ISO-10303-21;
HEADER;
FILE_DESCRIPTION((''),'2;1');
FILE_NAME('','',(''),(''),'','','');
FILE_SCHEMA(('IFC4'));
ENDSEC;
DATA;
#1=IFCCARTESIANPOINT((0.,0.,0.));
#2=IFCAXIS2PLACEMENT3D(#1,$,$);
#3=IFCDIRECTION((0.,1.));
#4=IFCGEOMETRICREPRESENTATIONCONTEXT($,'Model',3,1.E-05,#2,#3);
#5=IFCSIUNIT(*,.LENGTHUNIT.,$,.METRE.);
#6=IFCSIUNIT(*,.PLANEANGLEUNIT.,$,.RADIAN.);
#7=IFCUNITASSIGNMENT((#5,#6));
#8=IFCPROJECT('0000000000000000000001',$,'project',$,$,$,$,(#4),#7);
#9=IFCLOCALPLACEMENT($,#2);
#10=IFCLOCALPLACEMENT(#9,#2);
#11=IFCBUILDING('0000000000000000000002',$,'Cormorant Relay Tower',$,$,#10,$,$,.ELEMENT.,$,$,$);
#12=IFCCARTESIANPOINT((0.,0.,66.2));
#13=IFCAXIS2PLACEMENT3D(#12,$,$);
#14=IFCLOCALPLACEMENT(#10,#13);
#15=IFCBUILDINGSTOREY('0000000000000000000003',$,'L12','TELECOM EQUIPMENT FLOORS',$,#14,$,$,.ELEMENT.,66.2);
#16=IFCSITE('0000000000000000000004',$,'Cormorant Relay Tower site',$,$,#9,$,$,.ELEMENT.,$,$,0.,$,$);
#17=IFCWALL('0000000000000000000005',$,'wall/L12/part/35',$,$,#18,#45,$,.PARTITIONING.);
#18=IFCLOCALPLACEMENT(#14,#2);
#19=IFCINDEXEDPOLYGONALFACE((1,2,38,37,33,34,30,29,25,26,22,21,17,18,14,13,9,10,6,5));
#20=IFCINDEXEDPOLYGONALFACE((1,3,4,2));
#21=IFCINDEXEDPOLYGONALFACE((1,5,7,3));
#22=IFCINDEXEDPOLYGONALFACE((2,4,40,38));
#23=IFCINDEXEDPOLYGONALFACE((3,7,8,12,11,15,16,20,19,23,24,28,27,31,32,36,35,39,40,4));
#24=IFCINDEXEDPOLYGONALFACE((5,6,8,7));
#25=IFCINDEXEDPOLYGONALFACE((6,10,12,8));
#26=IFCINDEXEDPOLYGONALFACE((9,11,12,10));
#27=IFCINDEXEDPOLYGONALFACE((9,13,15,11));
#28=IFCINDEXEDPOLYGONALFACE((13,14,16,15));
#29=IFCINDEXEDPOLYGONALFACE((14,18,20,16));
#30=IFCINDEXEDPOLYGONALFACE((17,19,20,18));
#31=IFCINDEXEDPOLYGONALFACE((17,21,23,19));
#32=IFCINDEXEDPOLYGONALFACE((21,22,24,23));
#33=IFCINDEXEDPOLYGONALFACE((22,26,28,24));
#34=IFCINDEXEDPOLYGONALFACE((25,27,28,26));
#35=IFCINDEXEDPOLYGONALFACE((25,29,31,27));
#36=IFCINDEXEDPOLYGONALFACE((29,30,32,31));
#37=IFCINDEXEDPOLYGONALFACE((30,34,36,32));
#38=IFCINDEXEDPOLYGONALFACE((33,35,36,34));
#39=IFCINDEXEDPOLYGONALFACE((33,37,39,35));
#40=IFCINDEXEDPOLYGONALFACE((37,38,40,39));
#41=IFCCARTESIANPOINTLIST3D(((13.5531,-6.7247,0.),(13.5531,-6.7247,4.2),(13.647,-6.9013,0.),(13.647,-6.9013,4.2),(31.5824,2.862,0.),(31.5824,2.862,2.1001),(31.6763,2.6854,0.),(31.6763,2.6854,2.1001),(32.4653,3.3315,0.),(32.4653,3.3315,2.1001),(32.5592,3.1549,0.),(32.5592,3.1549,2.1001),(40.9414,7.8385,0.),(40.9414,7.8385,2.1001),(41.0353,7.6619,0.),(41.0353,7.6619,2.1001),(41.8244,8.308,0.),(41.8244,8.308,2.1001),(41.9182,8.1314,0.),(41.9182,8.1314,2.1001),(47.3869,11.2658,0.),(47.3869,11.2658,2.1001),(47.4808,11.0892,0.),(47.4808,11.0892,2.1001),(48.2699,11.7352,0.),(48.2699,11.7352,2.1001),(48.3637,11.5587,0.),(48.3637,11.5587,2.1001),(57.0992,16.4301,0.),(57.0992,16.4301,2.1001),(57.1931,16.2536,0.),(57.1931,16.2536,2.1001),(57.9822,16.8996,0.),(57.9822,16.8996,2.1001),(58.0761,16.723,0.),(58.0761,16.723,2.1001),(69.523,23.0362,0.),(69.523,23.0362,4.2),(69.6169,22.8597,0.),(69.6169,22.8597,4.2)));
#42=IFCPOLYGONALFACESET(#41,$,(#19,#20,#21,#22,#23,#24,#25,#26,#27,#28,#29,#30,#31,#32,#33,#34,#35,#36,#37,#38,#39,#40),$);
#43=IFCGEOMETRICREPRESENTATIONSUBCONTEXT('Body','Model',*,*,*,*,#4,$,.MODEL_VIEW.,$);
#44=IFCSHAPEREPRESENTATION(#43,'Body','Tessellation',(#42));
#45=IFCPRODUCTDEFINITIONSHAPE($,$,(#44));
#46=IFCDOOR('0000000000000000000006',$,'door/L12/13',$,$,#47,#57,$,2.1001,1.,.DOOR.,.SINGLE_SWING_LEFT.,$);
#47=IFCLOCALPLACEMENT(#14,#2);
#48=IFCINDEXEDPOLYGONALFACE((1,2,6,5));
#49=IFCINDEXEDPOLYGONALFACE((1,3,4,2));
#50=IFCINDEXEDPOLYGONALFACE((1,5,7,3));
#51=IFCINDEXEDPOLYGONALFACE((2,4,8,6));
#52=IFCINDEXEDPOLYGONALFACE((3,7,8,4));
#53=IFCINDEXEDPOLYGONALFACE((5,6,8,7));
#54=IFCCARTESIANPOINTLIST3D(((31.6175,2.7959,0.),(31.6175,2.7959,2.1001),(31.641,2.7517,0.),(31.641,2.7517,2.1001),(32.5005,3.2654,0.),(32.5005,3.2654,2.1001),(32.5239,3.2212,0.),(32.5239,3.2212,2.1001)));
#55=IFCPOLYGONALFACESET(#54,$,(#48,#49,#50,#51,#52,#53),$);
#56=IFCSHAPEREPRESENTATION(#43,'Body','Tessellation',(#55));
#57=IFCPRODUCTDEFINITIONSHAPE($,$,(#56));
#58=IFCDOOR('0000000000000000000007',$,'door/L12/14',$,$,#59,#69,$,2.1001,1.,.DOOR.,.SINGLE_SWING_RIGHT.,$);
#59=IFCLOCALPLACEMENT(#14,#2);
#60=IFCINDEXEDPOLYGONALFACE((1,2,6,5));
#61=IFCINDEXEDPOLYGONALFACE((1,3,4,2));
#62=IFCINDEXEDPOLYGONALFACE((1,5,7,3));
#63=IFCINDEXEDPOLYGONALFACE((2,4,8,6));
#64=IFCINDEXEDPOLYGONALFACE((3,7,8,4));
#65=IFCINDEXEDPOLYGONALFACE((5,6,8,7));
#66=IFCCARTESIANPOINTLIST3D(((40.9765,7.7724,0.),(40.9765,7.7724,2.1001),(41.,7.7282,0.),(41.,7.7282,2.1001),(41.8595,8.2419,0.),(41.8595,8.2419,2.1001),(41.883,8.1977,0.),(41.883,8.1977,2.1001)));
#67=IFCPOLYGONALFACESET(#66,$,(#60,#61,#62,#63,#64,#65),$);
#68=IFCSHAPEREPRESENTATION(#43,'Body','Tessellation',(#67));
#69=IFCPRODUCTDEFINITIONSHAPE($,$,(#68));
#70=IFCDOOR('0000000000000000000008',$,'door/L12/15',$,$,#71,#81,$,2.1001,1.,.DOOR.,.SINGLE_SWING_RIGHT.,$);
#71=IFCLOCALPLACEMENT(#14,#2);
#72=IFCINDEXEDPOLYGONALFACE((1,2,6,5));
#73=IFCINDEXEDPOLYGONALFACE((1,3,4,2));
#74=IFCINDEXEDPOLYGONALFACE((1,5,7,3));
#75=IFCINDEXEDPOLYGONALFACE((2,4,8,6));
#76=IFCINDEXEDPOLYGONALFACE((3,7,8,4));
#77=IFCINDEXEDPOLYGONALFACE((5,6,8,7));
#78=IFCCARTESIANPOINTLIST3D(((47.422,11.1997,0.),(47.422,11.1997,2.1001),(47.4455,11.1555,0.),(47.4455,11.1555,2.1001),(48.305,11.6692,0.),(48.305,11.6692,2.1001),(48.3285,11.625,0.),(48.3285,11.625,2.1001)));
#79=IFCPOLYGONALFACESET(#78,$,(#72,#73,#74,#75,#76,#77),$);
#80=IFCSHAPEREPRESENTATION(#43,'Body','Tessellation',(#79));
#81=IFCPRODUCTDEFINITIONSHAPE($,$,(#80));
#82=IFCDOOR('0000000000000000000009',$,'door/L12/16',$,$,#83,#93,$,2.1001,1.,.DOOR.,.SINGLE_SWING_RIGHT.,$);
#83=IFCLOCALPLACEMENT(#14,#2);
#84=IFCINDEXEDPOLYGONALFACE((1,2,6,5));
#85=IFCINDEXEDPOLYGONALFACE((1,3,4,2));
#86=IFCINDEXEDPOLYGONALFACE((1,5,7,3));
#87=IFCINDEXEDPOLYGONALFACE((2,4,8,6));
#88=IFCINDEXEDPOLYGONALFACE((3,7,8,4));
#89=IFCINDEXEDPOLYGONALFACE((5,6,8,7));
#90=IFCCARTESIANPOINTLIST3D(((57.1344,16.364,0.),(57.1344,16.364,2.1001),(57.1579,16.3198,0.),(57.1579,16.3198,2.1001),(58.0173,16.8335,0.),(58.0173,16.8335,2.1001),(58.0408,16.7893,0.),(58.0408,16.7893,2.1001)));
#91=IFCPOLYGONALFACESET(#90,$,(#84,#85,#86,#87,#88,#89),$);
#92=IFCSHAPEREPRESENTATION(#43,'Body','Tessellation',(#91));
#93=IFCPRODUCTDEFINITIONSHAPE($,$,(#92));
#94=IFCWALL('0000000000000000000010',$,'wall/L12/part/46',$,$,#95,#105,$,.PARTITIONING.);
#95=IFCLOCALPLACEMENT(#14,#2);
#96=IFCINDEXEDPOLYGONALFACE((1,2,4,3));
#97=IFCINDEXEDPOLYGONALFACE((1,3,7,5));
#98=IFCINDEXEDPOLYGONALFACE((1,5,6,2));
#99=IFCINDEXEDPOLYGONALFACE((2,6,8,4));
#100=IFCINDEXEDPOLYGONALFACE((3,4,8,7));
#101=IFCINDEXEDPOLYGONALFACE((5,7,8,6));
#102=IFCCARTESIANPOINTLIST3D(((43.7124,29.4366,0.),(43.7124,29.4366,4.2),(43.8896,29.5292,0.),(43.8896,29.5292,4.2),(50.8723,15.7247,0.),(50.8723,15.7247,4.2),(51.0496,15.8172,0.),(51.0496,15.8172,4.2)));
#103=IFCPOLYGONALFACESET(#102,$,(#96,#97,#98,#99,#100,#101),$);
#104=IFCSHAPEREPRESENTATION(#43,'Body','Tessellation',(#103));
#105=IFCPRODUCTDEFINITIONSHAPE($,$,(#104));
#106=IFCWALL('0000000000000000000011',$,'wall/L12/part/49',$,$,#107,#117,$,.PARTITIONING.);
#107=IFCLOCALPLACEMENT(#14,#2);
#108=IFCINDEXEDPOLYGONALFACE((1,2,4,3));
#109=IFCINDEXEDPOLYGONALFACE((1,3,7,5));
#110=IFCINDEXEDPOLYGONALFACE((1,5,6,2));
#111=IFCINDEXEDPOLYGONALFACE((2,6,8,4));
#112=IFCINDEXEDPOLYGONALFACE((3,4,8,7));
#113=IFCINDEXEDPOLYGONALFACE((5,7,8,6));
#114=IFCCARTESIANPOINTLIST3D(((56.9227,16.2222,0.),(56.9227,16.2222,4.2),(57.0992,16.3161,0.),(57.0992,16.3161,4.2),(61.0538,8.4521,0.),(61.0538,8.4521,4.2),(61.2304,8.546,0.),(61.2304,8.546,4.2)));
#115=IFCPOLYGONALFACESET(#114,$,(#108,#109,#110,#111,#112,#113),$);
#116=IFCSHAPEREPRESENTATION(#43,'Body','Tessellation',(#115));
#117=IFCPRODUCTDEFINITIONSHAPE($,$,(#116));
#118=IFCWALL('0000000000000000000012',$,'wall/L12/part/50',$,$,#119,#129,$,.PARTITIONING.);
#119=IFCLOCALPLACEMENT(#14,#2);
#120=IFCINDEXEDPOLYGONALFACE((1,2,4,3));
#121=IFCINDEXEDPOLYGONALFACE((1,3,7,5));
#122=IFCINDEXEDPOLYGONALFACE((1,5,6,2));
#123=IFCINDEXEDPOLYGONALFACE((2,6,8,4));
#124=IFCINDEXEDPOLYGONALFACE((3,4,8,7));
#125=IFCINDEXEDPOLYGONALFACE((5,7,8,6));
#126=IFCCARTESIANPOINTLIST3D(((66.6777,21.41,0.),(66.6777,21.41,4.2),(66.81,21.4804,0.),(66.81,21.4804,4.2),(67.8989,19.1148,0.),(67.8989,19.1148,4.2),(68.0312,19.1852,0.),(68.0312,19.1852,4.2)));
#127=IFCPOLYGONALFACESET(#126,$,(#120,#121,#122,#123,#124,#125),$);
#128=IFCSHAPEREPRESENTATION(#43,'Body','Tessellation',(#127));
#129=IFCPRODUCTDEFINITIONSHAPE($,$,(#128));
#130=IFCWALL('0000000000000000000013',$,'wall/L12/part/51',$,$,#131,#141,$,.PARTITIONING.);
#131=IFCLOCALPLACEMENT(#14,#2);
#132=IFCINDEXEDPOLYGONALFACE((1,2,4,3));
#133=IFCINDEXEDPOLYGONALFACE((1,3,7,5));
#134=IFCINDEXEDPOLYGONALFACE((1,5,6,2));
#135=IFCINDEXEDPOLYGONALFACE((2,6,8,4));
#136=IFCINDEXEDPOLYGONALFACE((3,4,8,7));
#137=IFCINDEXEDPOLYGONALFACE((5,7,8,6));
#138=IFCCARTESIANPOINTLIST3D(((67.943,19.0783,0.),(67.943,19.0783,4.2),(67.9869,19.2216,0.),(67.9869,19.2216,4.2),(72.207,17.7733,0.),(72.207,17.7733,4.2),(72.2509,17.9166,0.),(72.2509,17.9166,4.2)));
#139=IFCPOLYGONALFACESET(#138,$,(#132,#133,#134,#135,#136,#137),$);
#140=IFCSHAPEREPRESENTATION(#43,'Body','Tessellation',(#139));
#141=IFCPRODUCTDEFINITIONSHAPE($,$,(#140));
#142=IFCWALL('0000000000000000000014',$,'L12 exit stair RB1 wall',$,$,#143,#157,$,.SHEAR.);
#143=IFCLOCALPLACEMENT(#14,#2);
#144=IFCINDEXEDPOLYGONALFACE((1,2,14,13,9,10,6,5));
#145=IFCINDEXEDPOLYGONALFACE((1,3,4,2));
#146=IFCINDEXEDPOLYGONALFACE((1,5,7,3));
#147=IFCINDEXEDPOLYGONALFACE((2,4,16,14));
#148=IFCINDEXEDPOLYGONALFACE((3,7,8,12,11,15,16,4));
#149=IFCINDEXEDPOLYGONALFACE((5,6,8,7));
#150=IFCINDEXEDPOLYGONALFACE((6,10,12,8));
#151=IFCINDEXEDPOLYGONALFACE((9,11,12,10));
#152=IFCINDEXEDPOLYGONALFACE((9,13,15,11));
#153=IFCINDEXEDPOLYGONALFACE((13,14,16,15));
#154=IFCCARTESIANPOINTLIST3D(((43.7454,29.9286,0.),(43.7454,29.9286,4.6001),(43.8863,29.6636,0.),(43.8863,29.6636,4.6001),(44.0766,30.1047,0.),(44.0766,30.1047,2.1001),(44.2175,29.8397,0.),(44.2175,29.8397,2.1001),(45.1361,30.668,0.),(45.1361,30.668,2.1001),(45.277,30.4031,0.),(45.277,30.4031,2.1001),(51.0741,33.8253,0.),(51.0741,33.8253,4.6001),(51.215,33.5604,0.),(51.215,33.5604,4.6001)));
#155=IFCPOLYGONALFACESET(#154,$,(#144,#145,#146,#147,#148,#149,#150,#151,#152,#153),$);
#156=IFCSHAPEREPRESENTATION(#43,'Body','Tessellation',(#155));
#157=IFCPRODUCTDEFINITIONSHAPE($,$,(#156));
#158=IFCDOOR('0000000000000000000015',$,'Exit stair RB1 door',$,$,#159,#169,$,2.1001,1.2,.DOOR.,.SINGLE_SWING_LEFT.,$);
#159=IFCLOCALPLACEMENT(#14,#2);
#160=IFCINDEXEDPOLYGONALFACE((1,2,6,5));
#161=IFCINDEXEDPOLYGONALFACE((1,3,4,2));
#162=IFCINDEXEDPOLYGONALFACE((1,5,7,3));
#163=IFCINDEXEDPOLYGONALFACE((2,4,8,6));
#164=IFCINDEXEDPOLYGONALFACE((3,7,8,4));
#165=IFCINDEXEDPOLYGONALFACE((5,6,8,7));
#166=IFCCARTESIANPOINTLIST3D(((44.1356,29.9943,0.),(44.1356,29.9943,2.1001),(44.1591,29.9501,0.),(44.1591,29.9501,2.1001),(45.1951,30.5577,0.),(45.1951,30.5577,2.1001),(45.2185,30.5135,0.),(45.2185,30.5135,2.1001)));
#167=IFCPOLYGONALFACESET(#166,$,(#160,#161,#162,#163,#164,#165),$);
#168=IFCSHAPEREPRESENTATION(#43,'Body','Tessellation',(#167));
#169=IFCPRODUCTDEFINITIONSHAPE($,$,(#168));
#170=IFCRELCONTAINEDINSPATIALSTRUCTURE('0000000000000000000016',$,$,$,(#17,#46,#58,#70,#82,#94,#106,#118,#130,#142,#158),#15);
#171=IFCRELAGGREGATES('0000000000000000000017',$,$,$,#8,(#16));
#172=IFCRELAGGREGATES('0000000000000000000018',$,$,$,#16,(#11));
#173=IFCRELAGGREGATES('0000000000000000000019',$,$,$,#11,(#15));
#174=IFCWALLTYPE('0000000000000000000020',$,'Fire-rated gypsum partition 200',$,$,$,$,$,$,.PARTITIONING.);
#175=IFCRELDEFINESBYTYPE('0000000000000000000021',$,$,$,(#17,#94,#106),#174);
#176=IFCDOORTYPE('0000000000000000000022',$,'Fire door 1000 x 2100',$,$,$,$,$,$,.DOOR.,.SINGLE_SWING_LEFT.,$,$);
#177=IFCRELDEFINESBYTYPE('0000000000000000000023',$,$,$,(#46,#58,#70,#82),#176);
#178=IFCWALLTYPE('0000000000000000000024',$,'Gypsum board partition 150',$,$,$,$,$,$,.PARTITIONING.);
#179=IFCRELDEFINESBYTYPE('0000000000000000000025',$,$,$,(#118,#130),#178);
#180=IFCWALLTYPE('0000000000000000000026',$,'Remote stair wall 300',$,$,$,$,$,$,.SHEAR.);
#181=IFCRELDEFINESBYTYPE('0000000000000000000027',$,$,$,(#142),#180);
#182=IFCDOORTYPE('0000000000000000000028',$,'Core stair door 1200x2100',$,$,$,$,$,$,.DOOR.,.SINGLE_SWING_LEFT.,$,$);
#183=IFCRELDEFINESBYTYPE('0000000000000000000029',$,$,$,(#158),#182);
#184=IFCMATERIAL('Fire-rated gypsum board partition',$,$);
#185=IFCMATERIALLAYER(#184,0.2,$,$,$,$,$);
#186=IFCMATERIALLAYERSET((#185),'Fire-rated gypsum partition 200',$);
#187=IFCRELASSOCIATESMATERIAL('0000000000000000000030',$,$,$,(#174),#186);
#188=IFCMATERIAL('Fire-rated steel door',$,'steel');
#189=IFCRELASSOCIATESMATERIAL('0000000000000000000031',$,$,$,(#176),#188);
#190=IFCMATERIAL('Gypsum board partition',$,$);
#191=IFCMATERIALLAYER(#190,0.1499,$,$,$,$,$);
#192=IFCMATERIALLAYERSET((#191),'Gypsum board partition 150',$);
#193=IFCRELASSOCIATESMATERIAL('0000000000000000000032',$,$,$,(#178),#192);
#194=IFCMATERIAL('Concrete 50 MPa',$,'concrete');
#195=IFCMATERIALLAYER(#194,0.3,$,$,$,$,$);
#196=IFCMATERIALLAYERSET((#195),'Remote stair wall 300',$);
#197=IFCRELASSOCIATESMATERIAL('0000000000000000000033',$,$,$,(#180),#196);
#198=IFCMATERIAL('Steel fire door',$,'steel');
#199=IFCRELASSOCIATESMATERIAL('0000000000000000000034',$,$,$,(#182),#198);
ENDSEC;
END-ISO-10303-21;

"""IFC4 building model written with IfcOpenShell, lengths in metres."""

from ifc_helpers import new_model, si_unit, direction, frame, frame_2d, origin, place, context, subcontext, project, spatial, rectangle, extrude, material, layer, layer_set, type_object, element, fill, save


model = new_model("IFC4")

# Units and contexts
model_context = context("Model", 3, precision=1e-05, world=origin(), true_north=direction((0.0, 1.0)))
body_context = subcontext(model_context, "Body", "Model", "MODEL_VIEW")
ifc_project = project(units=[si_unit("LENGTHUNIT", "METRE"), si_unit("PLANEANGLEUNIT", "RADIAN")], contexts=[model_context])

# Site, building, storey
site_placement = place(None, origin())
site = spatial("IfcSite", under=ifc_project, at=site_placement, Name="Cormorant Relay Tower site", CompositionType="ELEMENT", RefElevation=0.0)
building_placement = place(site_placement, origin())
building = spatial("IfcBuilding", under=site, at=building_placement, Name="Cormorant Relay Tower", CompositionType="ELEMENT")
storey_placement = place(building_placement, frame((0.0, 0.0, 66.2)))
storey = spatial("IfcBuildingStorey", under=building, at=storey_placement, Name="L12", Description="TELECOM EQUIPMENT FLOORS", CompositionType="ELEMENT", Elevation=66.2)

# Wall, openings, doors
ifc_material_1 = material(Name="Fire-rated gypsum board partition")
ifc_layer_1 = layer(ifc_material_1, 0.2)
ifc_layer_set_1 = layer_set([ifc_layer_1], Name="Fire-rated gypsum partition 200")
wall_type_1 = type_object("IfcWallType", Name="Fire-rated gypsum partition 200", PredefinedType="PARTITIONING", material=ifc_layer_set_1)
wall_1_placement = place(storey_placement, frame((69.5701, 22.948, 0.0), z_axis=(0.0, 0.0, 1.0), x_axis=(-0.88294, -0.469487, 0.0)))
wall_1 = element("IfcWall", 1, at=wall_1_placement, inside=storey, type_object=wall_type_1, Name="wall/L12/part/35", PredefinedType="PARTITIONING", context=body_context, shape_type="SweptSolid", body=[
    extrude(rectangle(XDim=63.3904, YDim=0.2, at=frame_2d((31.6953, 0.0))), origin(), (0.0, 0.0, 1.0), 4.2),
])
opening_1_placement = place(wall_1_placement, frame((41.9709, 0.0, 0.0)))
opening_1 = element("IfcOpeningElement", 2, at=opening_1_placement, cuts=wall_1, PredefinedType="OPENING", context=body_context, shape_type="SweptSolid", body=[
    extrude(rectangle(XDim=1.0, YDim=2.1001, at=frame_2d((0.5, 1.05))), frame((0.0, 0.1099, 0.0), z_axis=(0.0, -1.0, 0.0), x_axis=(1.0, 0.0, 0.0)), (0.0, 0.0, 1.0), 0.22),
])
opening_2_placement = place(wall_1_placement, frame((31.3711, 0.0, 0.0)))
opening_2 = element("IfcOpeningElement", 3, at=opening_2_placement, cuts=wall_1, PredefinedType="OPENING", context=body_context, shape_type="SweptSolid", body=[
    extrude(rectangle(XDim=1.0, YDim=2.1001, at=frame_2d((0.5, 1.05))), frame((0.0, 0.1099, 0.0), z_axis=(0.0, -1.0, 0.0), x_axis=(1.0, 0.0, 0.0)), (0.0, 0.0, 1.0), 0.22),
])
opening_3_placement = place(wall_1_placement, frame((24.071, 0.0, 0.0)))
opening_3 = element("IfcOpeningElement", 4, at=opening_3_placement, cuts=wall_1, PredefinedType="OPENING", context=body_context, shape_type="SweptSolid", body=[
    extrude(rectangle(XDim=1.0, YDim=2.1001, at=frame_2d((0.5, 1.05))), frame((0.0, 0.1099, 0.0), z_axis=(0.0, -1.0, 0.0), x_axis=(1.0, 0.0, 0.0)), (0.0, 0.0, 1.0), 0.22),
])
opening_4_placement = place(wall_1_placement, frame((13.071, 0.0, 0.0)))
opening_4 = element("IfcOpeningElement", 5, at=opening_4_placement, cuts=wall_1, PredefinedType="OPENING", context=body_context, shape_type="SweptSolid", body=[
    extrude(rectangle(XDim=1.0, YDim=2.1001, at=frame_2d((0.5, 1.05))), frame((0.0, 0.1099, 0.0), z_axis=(0.0, -1.0, 0.0), x_axis=(1.0, 0.0, 0.0)), (0.0, 0.0, 1.0), 0.22),
])
ifc_material_2 = material(Name="Fire-rated steel door", Category="steel")
door_type_1 = type_object("IfcDoorType", Name="Fire door 1000 x 2100", OperationType="SINGLE_SWING_LEFT", PredefinedType="DOOR", material=ifc_material_2)
door_1_placement = place(opening_1_placement, origin())
door_1 = element("IfcDoor", 6, at=door_1_placement, inside=storey, type_object=door_type_1, Name="door/L12/13", OperationType="SINGLE_SWING_LEFT", OverallHeight=2.1001, OverallWidth=1.0, PredefinedType="DOOR", context=body_context, shape_type="SweptSolid", body=[
    extrude(rectangle(XDim=1.0, YDim=2.1001, at=frame_2d((0.5, 1.05))), frame((0.0, 0.0249, 0.0), z_axis=(0.0, -1.0, 0.0), x_axis=(1.0, 0.0, 0.0)), (0.0, 0.0, 1.0), 0.05),
])
fill(opening_1, door_1)
door_2_placement = place(opening_2_placement, origin())
door_2 = element("IfcDoor", 7, at=door_2_placement, inside=storey, type_object=door_type_1, Name="door/L12/14", OperationType="SINGLE_SWING_RIGHT", OverallHeight=2.1001, OverallWidth=1.0, PredefinedType="DOOR", context=body_context, shape_type="SweptSolid", body=[
    extrude(rectangle(XDim=1.0, YDim=2.1001, at=frame_2d((0.5, 1.05))), frame((0.0, 0.0249, 0.0), z_axis=(0.0, -1.0, 0.0), x_axis=(1.0, 0.0, 0.0)), (0.0, 0.0, 1.0), 0.05),
])
fill(opening_2, door_2)
door_3_placement = place(opening_3_placement, origin())
door_3 = element("IfcDoor", 8, at=door_3_placement, inside=storey, type_object=door_type_1, Name="door/L12/15", OperationType="SINGLE_SWING_RIGHT", OverallHeight=2.1001, OverallWidth=1.0, PredefinedType="DOOR", context=body_context, shape_type="SweptSolid", body=[
    extrude(rectangle(XDim=1.0, YDim=2.1001, at=frame_2d((0.5, 1.05))), frame((0.0, 0.0249, 0.0), z_axis=(0.0, -1.0, 0.0), x_axis=(1.0, 0.0, 0.0)), (0.0, 0.0, 1.0), 0.05),
])
fill(opening_3, door_3)
door_4_placement = place(opening_4_placement, origin())
door_4 = element("IfcDoor", 9, at=door_4_placement, inside=storey, type_object=door_type_1, Name="door/L12/16", OperationType="SINGLE_SWING_RIGHT", OverallHeight=2.1001, OverallWidth=1.0, PredefinedType="DOOR", context=body_context, shape_type="SweptSolid", body=[
    extrude(rectangle(XDim=1.0, YDim=2.1001, at=frame_2d((0.5, 1.05))), frame((0.0, 0.0249, 0.0), z_axis=(0.0, -1.0, 0.0), x_axis=(1.0, 0.0, 0.0)), (0.0, 0.0, 1.0), 0.05),
])
fill(opening_4, door_4)

# Walls
wall_2_placement = place(storey_placement, frame((43.801, 29.4829, 0.0), z_axis=(0.0, 0.0, 1.0), x_axis=(0.462864, -0.886429, 0.0)))
element("IfcWall", 10, at=wall_2_placement, inside=storey, type_object=wall_type_1, Name="wall/L12/part/46", PredefinedType="PARTITIONING", context=body_context, shape_type="SweptSolid", body=[
    extrude(rectangle(XDim=15.4688, YDim=0.2, at=frame_2d((7.7344, 0.0))), origin(), (0.0, 0.0, 1.0), 4.2),
])
wall_3_placement = place(storey_placement, frame((57.011, 16.269, 0.0), z_axis=(0.0, 0.0, 1.0), x_axis=(0.469446, -0.882961, 0.0)))
element("IfcWall", 11, at=wall_3_placement, inside=storey, type_object=wall_type_1, Name="wall/L12/part/49", PredefinedType="PARTITIONING", context=body_context, shape_type="SweptSolid", body=[
    extrude(rectangle(XDim=8.8, YDim=0.2, at=frame_2d((4.3999, 0.0))), origin(), (0.0, 0.0, 1.0), 4.2),
])
ifc_material_3 = material(Name="Gypsum board partition")
ifc_layer_2 = layer(ifc_material_3, 0.1499)
ifc_layer_set_2 = layer_set([ifc_layer_2], Name="Gypsum board partition 150")
wall_type_2 = type_object("IfcWallType", Name="Gypsum board partition 150", PredefinedType="PARTITIONING", material=ifc_layer_set_2)
wall_4_placement = place(storey_placement, frame((66.7439, 21.4451, 0.0), z_axis=(0.0, 0.0, 1.0), x_axis=(0.46972, -0.882815, 0.0)))
element("IfcWall", 12, at=wall_4_placement, inside=storey, type_object=wall_type_2, Name="wall/L12/part/50", PredefinedType="PARTITIONING", context=body_context, shape_type="SweptSolid", body=[
    extrude(rectangle(XDim=2.5999, YDim=0.1499, at=frame_2d((1.2998, 0.0))), origin(), (0.0, 0.0, 1.0), 4.2),
])
wall_5_placement = place(storey_placement, frame((67.9651, 19.1499, 0.0), z_axis=(0.0, 0.0, 1.0), x_axis=(0.956222, -0.292643, 0.0)))
element("IfcWall", 13, at=wall_5_placement, inside=storey, type_object=wall_type_2, Name="wall/L12/part/51", PredefinedType="PARTITIONING", context=body_context, shape_type="SweptSolid", body=[
    extrude(rectangle(XDim=4.4592, YDim=0.1499, at=frame_2d((2.2295, 0.0))), origin(), (0.0, 0.0, 1.0), 4.2),
])

# Wall, opening, door
ifc_material_4 = material(Name="Concrete 50 MPa", Category="concrete")
ifc_layer_3 = layer(ifc_material_4, 0.3)
ifc_layer_set_3 = layer_set([ifc_layer_3], Name="Remote stair wall 300")
wall_type_3 = type_object("IfcWallType", Name="Remote stair wall 300", PredefinedType="SHEAR", material=ifc_layer_set_3)
wall_6_placement = place(storey_placement, frame((51.1445, 33.6929, 0.0), z_axis=(0.0, 0.0, 1.0), x_axis=(-0.882946, -0.469475, 0.0)))
wall_6 = element("IfcWall", 14, at=wall_6_placement, inside=storey, type_object=wall_type_3, Name="L12 exit stair RB1 wall", PredefinedType="SHEAR", context=body_context, shape_type="SweptSolid", body=[
    extrude(rectangle(XDim=8.3003, YDim=0.3, at=frame_2d((4.1501, 0.0))), origin(), (0.0, 0.0, 1.0), 4.6001),
])
opening_5_placement = place(wall_6_placement, frame((6.7251, 0.0, 0.0)))
opening_5 = element("IfcOpeningElement", 15, at=opening_5_placement, cuts=wall_6, PredefinedType="OPENING", context=body_context, shape_type="SweptSolid", body=[
    extrude(rectangle(XDim=1.2, YDim=2.1001, at=frame_2d((0.6001, 1.05))), frame((0.0, 0.1599, 0.0), z_axis=(0.0, -1.0, 0.0), x_axis=(1.0, 0.0, 0.0)), (0.0, 0.0, 1.0), 0.3201),
])
ifc_material_5 = material(Name="Steel fire door", Category="steel")
door_type_2 = type_object("IfcDoorType", Name="Core stair door 1200x2100", OperationType="SINGLE_SWING_LEFT", PredefinedType="DOOR", material=ifc_material_5)
door_5_placement = place(opening_5_placement, frame((1.2, 0.0, 0.0), z_axis=(0.0, 0.0, 1.0), x_axis=(-1.0, 0.0, 0.0)))
door_5 = element("IfcDoor", 16, at=door_5_placement, inside=storey, type_object=door_type_2, Name="Exit stair RB1 door", OperationType="SINGLE_SWING_LEFT", OverallHeight=2.1001, OverallWidth=1.2, PredefinedType="DOOR", context=body_context, shape_type="SweptSolid", body=[
    extrude(rectangle(XDim=1.2, YDim=2.1001, at=frame_2d((0.6001, 1.05))), frame((0.0, 0.0249, 0.0), z_axis=(0.0, -1.0, 0.0), x_axis=(1.0, 0.0, 0.0)), (0.0, 0.0, 1.0), 0.05),
])
fill(opening_5, door_5)

save(model, "model.ifc")
